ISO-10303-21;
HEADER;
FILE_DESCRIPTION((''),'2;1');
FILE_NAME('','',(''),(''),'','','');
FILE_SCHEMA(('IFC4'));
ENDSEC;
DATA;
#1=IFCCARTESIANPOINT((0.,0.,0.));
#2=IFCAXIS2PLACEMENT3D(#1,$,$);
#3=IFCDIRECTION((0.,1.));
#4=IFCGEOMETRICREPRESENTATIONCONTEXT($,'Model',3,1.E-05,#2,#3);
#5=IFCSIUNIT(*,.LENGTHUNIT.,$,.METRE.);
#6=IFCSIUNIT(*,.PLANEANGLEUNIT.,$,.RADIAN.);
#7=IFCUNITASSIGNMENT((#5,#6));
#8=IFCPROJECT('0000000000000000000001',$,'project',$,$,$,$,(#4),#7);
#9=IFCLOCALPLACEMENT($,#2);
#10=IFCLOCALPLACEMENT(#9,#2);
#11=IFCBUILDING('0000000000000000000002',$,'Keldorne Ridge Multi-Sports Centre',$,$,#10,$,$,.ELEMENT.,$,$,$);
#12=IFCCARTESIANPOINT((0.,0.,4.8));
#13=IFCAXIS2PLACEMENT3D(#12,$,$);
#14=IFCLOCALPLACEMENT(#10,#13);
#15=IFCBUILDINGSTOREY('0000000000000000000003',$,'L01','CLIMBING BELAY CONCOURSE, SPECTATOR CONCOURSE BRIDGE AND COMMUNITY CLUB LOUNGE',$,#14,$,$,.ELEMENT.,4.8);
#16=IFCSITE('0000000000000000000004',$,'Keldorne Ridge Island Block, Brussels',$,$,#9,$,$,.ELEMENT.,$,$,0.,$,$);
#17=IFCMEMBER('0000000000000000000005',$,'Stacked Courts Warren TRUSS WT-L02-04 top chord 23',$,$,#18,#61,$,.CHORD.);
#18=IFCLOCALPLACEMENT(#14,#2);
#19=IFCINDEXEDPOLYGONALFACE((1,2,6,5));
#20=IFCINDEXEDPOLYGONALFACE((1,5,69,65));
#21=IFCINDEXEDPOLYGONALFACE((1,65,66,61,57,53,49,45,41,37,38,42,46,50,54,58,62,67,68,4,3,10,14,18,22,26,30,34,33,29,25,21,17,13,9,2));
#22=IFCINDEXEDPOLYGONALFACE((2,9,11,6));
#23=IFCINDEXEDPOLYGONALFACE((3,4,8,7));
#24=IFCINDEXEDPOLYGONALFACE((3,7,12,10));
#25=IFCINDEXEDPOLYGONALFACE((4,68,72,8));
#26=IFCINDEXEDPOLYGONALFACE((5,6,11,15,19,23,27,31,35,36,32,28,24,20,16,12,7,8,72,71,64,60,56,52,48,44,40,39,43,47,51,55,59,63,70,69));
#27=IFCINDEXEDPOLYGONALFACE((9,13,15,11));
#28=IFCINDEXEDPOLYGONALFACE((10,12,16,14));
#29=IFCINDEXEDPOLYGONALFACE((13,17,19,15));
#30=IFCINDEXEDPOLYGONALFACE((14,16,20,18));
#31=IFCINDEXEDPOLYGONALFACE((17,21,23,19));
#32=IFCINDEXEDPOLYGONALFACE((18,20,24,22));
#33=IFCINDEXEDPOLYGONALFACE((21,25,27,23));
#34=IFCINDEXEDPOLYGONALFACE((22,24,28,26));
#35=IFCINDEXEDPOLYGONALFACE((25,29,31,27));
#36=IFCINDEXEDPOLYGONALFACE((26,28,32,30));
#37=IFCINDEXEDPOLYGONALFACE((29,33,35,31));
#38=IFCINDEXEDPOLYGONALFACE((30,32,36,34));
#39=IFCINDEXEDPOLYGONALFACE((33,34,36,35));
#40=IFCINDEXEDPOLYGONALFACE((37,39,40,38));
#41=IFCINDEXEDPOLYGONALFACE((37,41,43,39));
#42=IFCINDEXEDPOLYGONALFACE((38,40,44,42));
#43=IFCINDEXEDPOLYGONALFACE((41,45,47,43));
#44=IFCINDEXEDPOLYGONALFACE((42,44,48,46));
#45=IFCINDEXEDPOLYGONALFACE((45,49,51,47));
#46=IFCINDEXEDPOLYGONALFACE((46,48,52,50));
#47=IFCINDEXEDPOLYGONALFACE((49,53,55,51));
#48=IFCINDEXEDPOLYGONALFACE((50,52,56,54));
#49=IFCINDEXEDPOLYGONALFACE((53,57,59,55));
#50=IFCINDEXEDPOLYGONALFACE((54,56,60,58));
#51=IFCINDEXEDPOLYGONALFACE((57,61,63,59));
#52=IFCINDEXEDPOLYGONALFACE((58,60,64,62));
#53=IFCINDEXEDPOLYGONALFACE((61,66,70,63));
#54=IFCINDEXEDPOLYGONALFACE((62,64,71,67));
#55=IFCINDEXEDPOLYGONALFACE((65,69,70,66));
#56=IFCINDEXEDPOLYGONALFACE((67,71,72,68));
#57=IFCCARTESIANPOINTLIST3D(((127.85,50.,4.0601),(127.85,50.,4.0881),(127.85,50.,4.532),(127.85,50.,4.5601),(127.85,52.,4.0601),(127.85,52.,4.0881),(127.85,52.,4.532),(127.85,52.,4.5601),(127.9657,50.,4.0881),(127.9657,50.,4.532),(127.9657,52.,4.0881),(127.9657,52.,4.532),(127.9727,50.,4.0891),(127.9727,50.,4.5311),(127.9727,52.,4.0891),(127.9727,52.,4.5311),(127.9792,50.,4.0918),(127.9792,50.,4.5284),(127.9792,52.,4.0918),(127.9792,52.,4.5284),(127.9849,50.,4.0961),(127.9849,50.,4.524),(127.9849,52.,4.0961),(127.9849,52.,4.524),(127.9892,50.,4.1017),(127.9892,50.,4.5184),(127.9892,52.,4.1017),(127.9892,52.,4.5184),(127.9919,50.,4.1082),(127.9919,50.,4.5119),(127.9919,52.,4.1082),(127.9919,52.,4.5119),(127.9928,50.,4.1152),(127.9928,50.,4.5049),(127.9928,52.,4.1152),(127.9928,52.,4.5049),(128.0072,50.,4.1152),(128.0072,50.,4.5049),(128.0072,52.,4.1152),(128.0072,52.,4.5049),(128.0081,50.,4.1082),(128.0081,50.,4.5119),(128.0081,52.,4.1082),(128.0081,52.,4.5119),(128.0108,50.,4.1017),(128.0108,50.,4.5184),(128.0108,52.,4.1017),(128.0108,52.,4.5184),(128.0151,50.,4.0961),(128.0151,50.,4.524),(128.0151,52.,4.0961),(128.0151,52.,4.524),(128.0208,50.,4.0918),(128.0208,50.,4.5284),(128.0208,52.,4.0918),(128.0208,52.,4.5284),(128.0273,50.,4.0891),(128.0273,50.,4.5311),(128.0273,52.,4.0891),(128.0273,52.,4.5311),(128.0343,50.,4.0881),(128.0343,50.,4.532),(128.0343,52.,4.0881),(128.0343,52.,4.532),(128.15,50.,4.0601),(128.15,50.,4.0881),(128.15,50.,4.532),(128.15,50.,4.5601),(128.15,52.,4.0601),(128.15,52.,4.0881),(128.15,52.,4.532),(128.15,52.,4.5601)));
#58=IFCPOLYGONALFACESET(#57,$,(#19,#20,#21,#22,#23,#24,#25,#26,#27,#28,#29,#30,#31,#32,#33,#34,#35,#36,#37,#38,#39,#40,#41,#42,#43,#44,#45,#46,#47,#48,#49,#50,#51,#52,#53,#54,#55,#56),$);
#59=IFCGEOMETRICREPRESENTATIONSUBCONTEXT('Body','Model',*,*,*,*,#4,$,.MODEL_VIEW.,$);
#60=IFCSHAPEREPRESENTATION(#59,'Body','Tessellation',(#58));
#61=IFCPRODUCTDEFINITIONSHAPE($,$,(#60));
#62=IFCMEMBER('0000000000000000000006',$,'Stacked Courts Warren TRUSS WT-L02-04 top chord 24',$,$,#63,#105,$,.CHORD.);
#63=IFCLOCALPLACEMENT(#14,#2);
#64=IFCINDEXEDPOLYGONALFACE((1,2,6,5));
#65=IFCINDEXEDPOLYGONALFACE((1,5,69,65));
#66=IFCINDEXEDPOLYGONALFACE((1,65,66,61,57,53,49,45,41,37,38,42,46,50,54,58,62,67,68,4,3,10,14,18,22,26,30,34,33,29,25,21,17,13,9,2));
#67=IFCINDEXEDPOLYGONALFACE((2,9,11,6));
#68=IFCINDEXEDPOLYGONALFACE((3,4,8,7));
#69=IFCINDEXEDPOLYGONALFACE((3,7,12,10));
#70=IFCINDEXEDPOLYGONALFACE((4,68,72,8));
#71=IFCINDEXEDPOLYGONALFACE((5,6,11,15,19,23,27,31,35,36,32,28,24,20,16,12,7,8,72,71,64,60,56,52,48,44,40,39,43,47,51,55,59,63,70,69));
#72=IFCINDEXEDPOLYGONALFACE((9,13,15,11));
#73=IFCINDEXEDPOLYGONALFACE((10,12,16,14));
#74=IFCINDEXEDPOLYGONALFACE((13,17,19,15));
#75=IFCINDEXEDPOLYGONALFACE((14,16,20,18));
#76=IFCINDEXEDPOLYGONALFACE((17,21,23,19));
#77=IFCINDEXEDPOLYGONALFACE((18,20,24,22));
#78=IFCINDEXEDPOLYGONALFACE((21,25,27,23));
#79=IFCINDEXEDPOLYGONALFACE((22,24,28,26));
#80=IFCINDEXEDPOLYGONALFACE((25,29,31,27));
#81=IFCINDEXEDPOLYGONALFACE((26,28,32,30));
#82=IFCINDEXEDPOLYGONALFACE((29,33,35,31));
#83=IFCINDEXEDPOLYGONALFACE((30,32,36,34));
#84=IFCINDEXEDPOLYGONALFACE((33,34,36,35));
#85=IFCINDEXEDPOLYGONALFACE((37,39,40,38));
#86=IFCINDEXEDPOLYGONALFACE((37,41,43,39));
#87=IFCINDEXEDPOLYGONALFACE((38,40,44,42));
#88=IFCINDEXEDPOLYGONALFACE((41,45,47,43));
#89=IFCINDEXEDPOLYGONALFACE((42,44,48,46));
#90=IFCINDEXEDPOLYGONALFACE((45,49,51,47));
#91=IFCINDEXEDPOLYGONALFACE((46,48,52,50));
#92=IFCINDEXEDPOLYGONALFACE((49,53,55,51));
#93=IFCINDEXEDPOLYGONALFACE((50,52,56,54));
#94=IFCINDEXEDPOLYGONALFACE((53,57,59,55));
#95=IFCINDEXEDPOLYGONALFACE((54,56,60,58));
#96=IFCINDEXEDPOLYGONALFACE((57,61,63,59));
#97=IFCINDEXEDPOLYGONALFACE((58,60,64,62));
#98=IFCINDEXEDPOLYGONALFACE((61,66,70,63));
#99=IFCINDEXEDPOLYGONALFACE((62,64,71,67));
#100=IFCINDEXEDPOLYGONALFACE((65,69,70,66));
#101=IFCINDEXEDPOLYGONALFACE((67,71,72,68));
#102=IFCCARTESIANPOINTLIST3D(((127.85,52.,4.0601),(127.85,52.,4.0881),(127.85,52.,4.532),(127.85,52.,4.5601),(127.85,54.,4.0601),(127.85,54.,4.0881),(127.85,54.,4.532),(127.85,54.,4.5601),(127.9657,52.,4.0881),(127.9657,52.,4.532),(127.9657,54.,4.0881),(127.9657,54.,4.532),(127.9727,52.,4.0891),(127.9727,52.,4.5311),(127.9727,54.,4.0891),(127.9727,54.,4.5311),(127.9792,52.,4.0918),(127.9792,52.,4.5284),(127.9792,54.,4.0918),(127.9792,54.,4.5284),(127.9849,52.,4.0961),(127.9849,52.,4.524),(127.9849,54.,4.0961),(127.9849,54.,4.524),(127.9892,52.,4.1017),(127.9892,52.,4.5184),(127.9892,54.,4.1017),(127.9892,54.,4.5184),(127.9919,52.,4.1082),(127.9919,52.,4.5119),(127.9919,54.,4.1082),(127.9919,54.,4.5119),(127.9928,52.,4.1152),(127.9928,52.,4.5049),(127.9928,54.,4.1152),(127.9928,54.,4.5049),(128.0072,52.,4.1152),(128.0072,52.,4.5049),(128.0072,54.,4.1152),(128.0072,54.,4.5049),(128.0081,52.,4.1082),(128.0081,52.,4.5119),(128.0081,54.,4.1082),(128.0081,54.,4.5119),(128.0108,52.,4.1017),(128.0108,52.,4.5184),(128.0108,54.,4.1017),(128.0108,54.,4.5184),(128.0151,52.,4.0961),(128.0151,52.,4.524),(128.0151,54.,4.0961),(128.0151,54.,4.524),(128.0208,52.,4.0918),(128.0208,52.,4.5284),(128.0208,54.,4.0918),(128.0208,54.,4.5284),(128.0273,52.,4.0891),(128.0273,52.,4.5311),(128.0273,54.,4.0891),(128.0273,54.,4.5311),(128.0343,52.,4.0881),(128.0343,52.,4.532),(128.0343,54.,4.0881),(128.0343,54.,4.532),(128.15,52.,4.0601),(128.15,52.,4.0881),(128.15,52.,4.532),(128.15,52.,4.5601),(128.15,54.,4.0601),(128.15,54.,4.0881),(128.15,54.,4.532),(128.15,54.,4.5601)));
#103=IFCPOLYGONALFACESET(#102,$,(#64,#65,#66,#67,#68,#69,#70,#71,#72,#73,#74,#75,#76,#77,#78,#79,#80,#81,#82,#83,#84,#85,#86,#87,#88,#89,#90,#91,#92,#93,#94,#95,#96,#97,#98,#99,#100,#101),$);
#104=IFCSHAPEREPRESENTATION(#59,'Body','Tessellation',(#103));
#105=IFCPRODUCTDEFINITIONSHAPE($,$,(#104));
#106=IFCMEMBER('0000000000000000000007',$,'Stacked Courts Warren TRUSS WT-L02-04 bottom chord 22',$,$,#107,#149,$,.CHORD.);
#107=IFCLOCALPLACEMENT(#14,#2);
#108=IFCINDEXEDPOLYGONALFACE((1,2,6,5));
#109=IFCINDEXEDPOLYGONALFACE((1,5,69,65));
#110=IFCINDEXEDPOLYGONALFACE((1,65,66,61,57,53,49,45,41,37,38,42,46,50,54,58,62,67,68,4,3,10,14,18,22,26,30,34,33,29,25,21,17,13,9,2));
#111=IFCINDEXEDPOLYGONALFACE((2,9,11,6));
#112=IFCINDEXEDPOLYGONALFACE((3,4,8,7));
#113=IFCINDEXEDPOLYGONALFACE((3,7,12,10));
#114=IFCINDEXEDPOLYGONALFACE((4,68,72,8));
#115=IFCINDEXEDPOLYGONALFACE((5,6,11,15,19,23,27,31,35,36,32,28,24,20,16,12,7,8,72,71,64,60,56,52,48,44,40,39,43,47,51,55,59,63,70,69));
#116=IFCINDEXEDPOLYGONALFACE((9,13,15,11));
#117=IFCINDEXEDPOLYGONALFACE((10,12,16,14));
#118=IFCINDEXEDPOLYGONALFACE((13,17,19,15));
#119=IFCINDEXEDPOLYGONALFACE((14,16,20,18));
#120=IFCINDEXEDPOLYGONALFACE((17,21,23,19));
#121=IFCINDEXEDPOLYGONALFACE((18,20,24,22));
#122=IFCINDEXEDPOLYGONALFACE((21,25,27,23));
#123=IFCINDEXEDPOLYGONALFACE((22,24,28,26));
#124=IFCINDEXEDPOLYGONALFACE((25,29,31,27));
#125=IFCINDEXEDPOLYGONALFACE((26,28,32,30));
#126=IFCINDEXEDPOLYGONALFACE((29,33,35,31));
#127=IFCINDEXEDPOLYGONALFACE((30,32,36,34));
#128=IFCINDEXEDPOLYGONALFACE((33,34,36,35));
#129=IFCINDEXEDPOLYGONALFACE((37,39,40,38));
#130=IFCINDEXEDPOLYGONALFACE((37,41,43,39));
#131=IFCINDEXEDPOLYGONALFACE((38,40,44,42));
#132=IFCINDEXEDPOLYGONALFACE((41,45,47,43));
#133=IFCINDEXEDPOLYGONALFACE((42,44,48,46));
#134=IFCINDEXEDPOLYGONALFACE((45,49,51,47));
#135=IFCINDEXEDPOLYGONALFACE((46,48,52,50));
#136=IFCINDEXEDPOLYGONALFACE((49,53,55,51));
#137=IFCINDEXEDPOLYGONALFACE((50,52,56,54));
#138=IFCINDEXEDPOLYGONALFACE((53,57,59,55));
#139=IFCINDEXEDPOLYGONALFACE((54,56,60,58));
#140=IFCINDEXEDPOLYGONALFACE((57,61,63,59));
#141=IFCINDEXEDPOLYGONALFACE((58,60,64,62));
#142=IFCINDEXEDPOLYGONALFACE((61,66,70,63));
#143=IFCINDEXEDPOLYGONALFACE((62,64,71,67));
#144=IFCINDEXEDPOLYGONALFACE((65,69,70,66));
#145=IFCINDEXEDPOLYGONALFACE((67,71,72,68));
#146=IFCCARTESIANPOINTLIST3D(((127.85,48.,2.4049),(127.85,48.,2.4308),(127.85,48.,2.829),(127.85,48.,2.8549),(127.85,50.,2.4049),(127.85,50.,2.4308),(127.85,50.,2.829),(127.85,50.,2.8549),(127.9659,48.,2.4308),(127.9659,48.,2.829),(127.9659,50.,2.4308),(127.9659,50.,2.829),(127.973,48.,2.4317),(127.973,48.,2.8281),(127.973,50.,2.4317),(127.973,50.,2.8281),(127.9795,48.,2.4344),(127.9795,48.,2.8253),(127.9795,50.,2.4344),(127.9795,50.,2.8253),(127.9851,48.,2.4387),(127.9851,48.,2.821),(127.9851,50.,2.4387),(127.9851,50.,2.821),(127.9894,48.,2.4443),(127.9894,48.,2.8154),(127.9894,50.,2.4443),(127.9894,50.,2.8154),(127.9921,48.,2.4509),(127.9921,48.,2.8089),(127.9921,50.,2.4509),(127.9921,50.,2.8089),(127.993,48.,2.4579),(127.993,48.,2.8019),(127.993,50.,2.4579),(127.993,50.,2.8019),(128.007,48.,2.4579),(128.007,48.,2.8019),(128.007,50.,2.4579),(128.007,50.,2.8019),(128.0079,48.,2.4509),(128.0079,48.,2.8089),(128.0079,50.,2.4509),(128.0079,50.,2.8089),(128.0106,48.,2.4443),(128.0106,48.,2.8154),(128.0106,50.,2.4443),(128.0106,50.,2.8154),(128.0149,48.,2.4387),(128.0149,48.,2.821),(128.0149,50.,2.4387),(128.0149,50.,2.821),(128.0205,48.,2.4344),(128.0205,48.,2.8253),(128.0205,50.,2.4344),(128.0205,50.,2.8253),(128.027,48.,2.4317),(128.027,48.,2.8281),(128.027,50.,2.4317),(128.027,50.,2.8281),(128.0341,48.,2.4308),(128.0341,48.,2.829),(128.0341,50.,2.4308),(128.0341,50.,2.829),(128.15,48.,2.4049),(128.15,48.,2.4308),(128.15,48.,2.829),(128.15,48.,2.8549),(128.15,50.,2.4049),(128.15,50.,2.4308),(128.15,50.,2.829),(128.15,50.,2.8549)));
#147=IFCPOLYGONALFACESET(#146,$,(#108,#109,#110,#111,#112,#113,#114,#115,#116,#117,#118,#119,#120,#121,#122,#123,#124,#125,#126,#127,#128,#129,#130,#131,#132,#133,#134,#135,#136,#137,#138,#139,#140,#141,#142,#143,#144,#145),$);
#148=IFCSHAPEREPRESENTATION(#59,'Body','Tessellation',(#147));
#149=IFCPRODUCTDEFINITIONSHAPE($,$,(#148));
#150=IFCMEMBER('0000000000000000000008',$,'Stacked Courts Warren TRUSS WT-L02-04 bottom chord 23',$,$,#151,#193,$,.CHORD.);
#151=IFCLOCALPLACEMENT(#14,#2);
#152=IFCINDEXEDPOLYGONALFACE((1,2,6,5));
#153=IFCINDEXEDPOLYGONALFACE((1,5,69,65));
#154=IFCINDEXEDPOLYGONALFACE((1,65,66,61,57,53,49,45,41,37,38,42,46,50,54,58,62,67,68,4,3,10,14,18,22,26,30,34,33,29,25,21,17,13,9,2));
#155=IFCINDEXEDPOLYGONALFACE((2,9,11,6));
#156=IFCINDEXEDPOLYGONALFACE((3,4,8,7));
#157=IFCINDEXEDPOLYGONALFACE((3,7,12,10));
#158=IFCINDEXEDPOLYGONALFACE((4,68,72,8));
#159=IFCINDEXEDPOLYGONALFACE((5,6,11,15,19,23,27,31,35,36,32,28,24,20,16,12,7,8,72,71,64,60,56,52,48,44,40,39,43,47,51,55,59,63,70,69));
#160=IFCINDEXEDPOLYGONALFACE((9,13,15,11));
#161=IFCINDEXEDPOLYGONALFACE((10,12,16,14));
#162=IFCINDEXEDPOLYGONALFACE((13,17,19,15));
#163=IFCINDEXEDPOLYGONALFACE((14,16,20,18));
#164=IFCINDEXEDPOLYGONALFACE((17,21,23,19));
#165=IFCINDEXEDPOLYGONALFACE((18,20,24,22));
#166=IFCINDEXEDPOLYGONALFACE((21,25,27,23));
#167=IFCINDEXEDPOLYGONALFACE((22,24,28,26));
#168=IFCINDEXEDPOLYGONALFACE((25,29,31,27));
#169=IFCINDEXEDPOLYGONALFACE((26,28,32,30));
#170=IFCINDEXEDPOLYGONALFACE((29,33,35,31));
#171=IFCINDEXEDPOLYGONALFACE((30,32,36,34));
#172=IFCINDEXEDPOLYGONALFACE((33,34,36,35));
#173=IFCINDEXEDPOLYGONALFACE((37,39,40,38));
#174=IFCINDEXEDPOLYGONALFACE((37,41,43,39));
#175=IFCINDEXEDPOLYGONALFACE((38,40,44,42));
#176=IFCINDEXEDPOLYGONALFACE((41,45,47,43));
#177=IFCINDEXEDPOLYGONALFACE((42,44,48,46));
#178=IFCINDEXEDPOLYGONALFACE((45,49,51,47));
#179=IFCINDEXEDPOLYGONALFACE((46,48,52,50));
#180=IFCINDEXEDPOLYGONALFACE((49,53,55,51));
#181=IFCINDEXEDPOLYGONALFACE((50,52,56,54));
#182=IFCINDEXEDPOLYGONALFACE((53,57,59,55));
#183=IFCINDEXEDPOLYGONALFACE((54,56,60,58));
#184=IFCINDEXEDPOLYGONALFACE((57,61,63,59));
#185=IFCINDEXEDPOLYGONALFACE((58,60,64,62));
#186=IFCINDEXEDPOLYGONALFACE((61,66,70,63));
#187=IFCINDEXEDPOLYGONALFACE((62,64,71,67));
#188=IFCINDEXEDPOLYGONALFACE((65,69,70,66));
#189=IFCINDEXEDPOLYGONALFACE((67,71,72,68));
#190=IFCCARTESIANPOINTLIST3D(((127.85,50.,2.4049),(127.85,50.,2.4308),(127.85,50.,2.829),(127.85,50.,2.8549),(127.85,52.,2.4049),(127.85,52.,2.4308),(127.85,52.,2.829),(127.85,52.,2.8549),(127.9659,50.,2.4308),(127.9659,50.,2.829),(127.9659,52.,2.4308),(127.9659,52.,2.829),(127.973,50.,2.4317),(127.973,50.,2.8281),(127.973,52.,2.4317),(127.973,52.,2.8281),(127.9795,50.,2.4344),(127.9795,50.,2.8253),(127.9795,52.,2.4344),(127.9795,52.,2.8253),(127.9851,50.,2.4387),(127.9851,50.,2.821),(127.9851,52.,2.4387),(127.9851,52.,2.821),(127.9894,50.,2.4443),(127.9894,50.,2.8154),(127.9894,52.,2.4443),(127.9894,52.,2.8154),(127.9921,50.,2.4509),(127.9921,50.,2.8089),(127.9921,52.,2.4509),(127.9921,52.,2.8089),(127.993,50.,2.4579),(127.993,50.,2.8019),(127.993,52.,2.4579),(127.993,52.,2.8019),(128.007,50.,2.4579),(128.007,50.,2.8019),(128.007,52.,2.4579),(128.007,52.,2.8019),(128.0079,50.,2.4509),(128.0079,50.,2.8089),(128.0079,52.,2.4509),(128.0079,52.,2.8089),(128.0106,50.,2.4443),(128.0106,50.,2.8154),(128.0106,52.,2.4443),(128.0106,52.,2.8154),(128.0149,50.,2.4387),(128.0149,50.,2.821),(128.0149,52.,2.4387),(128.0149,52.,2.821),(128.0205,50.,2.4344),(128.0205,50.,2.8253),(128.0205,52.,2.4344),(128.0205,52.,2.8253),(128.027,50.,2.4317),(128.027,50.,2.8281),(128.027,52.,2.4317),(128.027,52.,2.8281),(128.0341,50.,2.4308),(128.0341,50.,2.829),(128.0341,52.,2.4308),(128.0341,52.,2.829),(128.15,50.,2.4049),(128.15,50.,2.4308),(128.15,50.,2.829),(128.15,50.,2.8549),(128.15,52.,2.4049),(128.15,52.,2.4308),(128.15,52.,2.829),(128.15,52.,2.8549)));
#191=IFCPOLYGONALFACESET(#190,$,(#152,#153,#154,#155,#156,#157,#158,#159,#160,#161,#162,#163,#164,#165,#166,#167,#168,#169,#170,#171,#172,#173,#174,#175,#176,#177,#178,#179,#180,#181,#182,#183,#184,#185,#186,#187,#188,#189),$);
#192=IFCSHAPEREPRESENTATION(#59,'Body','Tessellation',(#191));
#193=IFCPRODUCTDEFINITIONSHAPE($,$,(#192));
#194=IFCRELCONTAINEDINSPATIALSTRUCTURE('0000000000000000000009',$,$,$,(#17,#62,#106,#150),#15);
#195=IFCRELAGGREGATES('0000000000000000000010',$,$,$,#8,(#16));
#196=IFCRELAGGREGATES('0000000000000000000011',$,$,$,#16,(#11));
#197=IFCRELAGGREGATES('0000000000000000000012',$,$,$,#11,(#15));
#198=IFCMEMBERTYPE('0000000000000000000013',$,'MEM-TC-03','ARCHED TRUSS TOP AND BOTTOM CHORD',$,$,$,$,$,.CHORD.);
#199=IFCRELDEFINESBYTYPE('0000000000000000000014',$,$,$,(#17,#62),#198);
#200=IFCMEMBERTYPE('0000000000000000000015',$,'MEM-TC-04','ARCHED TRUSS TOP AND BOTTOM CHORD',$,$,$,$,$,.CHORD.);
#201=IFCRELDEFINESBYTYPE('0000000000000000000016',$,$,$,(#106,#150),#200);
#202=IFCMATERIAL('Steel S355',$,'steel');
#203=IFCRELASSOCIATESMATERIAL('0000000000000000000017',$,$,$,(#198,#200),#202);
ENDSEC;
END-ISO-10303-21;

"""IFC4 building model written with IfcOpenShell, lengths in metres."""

from ifc_helpers import new_model, si_unit, direction, frame, origin, origin_2d, place, context, subcontext, project, spatial, i_section, extrude, material, material_profile, profile_set, type_object, element, save


model = new_model("IFC4")

# Units and contexts
model_context = context("Model", 3, precision=1e-05, world=origin(), true_north=direction((0.0, 1.0)))
body_context = subcontext(model_context, "Body", "Model", "MODEL_VIEW")
ifc_project = project(units=[si_unit("LENGTHUNIT", "METRE"), si_unit("PLANEANGLEUNIT", "RADIAN")], contexts=[model_context])

# Site, building, storey
site_placement = place(None, origin())
site = spatial("IfcSite", under=ifc_project, at=site_placement, Name="Keldorne Ridge Island Block, Brussels", CompositionType="ELEMENT", RefElevation=0.0)
building_placement = place(site_placement, origin())
building = spatial("IfcBuilding", under=site, at=building_placement, Name="Keldorne Ridge Multi-Sports Centre", CompositionType="ELEMENT")
storey_placement = place(building_placement, frame((0.0, 0.0, 4.8)))
storey = spatial("IfcBuildingStorey", under=building, at=storey_placement, Name="L01", Description="CLIMBING BELAY CONCOURSE, SPECTATOR CONCOURSE BRIDGE AND COMMUNITY CLUB LOUNGE", CompositionType="ELEMENT", Elevation=4.8)

# Shared definitions
ifc_material_1 = material(Name="Steel S355", Category="steel")

# Members
ifc_material_profile_1 = material_profile(ifc_material_1, i_section(OverallWidth=0.3, OverallDepth=0.5, WebThickness=0.0144, FlangeThickness=0.0281, FilletRadius=0.0271, at=origin_2d()), Name="HEB 500")
ifc_profile_set_1 = profile_set([ifc_material_profile_1], Name="Steel S355")
member_type_1 = type_object("IfcMemberType", Name="MEM-TC-03", Description="ARCHED TRUSS TOP AND BOTTOM CHORD", PredefinedType="CHORD", material=ifc_profile_set_1)
for number, where, z_axis, x_axis, name in (
    (1, (128.0, 50.0, 4.3101), (0.0, 1.0, 0.0), (-1.0, 0.0, 0.0), "Stacked Courts Warren TRUSS WT-L02-04 top chord 23"),
    (2, (128.0, 52.0, 4.3101), (0.0, 1.0, 0.0), (-1.0, 0.0, 0.0), "Stacked Courts Warren TRUSS WT-L02-04 top chord 24"),
):
    element("IfcMember", number, at=place(storey_placement, frame(where, z_axis=z_axis, x_axis=x_axis)), inside=storey, type_object=member_type_1, Name=name, PredefinedType="CHORD", context=body_context, shape_type="SweptSolid", body=[
        extrude(i_section(OverallWidth=0.3, OverallDepth=0.5, WebThickness=0.0144, FlangeThickness=0.0281, FilletRadius=0.0271, at=origin_2d()), origin(), (0.0, 0.0, 1.0), 2.0),
    ])
ifc_material_profile_2 = material_profile(ifc_material_1, i_section(OverallWidth=0.3, OverallDepth=0.45, WebThickness=0.0139, FlangeThickness=0.0259, FilletRadius=0.0271, at=origin_2d()), Name="HEB 450")
ifc_profile_set_2 = profile_set([ifc_material_profile_2], Name="Steel S355")
member_type_2 = type_object("IfcMemberType", Name="MEM-TC-04", Description="ARCHED TRUSS TOP AND BOTTOM CHORD", PredefinedType="CHORD", material=ifc_profile_set_2)
for number, where, z_axis, x_axis, name in (
    (3, (128.0, 48.0, 2.6299), (0.0, 1.0, 0.0), (-1.0, 0.0, 0.0), "Stacked Courts Warren TRUSS WT-L02-04 bottom chord 22"),
    (4, (128.0, 50.0, 2.6299), (0.0, 1.0, 0.0), (-1.0, 0.0, 0.0), "Stacked Courts Warren TRUSS WT-L02-04 bottom chord 23"),
):
    element("IfcMember", number, at=place(storey_placement, frame(where, z_axis=z_axis, x_axis=x_axis)), inside=storey, type_object=member_type_2, Name=name, PredefinedType="CHORD", context=body_context, shape_type="SweptSolid", body=[
        extrude(i_section(OverallWidth=0.3, OverallDepth=0.45, WebThickness=0.0139, FlangeThickness=0.0259, FilletRadius=0.0271, at=origin_2d()), origin(), (0.0, 0.0, 1.0), 2.0),
    ])

save(model, "model.ifc")
